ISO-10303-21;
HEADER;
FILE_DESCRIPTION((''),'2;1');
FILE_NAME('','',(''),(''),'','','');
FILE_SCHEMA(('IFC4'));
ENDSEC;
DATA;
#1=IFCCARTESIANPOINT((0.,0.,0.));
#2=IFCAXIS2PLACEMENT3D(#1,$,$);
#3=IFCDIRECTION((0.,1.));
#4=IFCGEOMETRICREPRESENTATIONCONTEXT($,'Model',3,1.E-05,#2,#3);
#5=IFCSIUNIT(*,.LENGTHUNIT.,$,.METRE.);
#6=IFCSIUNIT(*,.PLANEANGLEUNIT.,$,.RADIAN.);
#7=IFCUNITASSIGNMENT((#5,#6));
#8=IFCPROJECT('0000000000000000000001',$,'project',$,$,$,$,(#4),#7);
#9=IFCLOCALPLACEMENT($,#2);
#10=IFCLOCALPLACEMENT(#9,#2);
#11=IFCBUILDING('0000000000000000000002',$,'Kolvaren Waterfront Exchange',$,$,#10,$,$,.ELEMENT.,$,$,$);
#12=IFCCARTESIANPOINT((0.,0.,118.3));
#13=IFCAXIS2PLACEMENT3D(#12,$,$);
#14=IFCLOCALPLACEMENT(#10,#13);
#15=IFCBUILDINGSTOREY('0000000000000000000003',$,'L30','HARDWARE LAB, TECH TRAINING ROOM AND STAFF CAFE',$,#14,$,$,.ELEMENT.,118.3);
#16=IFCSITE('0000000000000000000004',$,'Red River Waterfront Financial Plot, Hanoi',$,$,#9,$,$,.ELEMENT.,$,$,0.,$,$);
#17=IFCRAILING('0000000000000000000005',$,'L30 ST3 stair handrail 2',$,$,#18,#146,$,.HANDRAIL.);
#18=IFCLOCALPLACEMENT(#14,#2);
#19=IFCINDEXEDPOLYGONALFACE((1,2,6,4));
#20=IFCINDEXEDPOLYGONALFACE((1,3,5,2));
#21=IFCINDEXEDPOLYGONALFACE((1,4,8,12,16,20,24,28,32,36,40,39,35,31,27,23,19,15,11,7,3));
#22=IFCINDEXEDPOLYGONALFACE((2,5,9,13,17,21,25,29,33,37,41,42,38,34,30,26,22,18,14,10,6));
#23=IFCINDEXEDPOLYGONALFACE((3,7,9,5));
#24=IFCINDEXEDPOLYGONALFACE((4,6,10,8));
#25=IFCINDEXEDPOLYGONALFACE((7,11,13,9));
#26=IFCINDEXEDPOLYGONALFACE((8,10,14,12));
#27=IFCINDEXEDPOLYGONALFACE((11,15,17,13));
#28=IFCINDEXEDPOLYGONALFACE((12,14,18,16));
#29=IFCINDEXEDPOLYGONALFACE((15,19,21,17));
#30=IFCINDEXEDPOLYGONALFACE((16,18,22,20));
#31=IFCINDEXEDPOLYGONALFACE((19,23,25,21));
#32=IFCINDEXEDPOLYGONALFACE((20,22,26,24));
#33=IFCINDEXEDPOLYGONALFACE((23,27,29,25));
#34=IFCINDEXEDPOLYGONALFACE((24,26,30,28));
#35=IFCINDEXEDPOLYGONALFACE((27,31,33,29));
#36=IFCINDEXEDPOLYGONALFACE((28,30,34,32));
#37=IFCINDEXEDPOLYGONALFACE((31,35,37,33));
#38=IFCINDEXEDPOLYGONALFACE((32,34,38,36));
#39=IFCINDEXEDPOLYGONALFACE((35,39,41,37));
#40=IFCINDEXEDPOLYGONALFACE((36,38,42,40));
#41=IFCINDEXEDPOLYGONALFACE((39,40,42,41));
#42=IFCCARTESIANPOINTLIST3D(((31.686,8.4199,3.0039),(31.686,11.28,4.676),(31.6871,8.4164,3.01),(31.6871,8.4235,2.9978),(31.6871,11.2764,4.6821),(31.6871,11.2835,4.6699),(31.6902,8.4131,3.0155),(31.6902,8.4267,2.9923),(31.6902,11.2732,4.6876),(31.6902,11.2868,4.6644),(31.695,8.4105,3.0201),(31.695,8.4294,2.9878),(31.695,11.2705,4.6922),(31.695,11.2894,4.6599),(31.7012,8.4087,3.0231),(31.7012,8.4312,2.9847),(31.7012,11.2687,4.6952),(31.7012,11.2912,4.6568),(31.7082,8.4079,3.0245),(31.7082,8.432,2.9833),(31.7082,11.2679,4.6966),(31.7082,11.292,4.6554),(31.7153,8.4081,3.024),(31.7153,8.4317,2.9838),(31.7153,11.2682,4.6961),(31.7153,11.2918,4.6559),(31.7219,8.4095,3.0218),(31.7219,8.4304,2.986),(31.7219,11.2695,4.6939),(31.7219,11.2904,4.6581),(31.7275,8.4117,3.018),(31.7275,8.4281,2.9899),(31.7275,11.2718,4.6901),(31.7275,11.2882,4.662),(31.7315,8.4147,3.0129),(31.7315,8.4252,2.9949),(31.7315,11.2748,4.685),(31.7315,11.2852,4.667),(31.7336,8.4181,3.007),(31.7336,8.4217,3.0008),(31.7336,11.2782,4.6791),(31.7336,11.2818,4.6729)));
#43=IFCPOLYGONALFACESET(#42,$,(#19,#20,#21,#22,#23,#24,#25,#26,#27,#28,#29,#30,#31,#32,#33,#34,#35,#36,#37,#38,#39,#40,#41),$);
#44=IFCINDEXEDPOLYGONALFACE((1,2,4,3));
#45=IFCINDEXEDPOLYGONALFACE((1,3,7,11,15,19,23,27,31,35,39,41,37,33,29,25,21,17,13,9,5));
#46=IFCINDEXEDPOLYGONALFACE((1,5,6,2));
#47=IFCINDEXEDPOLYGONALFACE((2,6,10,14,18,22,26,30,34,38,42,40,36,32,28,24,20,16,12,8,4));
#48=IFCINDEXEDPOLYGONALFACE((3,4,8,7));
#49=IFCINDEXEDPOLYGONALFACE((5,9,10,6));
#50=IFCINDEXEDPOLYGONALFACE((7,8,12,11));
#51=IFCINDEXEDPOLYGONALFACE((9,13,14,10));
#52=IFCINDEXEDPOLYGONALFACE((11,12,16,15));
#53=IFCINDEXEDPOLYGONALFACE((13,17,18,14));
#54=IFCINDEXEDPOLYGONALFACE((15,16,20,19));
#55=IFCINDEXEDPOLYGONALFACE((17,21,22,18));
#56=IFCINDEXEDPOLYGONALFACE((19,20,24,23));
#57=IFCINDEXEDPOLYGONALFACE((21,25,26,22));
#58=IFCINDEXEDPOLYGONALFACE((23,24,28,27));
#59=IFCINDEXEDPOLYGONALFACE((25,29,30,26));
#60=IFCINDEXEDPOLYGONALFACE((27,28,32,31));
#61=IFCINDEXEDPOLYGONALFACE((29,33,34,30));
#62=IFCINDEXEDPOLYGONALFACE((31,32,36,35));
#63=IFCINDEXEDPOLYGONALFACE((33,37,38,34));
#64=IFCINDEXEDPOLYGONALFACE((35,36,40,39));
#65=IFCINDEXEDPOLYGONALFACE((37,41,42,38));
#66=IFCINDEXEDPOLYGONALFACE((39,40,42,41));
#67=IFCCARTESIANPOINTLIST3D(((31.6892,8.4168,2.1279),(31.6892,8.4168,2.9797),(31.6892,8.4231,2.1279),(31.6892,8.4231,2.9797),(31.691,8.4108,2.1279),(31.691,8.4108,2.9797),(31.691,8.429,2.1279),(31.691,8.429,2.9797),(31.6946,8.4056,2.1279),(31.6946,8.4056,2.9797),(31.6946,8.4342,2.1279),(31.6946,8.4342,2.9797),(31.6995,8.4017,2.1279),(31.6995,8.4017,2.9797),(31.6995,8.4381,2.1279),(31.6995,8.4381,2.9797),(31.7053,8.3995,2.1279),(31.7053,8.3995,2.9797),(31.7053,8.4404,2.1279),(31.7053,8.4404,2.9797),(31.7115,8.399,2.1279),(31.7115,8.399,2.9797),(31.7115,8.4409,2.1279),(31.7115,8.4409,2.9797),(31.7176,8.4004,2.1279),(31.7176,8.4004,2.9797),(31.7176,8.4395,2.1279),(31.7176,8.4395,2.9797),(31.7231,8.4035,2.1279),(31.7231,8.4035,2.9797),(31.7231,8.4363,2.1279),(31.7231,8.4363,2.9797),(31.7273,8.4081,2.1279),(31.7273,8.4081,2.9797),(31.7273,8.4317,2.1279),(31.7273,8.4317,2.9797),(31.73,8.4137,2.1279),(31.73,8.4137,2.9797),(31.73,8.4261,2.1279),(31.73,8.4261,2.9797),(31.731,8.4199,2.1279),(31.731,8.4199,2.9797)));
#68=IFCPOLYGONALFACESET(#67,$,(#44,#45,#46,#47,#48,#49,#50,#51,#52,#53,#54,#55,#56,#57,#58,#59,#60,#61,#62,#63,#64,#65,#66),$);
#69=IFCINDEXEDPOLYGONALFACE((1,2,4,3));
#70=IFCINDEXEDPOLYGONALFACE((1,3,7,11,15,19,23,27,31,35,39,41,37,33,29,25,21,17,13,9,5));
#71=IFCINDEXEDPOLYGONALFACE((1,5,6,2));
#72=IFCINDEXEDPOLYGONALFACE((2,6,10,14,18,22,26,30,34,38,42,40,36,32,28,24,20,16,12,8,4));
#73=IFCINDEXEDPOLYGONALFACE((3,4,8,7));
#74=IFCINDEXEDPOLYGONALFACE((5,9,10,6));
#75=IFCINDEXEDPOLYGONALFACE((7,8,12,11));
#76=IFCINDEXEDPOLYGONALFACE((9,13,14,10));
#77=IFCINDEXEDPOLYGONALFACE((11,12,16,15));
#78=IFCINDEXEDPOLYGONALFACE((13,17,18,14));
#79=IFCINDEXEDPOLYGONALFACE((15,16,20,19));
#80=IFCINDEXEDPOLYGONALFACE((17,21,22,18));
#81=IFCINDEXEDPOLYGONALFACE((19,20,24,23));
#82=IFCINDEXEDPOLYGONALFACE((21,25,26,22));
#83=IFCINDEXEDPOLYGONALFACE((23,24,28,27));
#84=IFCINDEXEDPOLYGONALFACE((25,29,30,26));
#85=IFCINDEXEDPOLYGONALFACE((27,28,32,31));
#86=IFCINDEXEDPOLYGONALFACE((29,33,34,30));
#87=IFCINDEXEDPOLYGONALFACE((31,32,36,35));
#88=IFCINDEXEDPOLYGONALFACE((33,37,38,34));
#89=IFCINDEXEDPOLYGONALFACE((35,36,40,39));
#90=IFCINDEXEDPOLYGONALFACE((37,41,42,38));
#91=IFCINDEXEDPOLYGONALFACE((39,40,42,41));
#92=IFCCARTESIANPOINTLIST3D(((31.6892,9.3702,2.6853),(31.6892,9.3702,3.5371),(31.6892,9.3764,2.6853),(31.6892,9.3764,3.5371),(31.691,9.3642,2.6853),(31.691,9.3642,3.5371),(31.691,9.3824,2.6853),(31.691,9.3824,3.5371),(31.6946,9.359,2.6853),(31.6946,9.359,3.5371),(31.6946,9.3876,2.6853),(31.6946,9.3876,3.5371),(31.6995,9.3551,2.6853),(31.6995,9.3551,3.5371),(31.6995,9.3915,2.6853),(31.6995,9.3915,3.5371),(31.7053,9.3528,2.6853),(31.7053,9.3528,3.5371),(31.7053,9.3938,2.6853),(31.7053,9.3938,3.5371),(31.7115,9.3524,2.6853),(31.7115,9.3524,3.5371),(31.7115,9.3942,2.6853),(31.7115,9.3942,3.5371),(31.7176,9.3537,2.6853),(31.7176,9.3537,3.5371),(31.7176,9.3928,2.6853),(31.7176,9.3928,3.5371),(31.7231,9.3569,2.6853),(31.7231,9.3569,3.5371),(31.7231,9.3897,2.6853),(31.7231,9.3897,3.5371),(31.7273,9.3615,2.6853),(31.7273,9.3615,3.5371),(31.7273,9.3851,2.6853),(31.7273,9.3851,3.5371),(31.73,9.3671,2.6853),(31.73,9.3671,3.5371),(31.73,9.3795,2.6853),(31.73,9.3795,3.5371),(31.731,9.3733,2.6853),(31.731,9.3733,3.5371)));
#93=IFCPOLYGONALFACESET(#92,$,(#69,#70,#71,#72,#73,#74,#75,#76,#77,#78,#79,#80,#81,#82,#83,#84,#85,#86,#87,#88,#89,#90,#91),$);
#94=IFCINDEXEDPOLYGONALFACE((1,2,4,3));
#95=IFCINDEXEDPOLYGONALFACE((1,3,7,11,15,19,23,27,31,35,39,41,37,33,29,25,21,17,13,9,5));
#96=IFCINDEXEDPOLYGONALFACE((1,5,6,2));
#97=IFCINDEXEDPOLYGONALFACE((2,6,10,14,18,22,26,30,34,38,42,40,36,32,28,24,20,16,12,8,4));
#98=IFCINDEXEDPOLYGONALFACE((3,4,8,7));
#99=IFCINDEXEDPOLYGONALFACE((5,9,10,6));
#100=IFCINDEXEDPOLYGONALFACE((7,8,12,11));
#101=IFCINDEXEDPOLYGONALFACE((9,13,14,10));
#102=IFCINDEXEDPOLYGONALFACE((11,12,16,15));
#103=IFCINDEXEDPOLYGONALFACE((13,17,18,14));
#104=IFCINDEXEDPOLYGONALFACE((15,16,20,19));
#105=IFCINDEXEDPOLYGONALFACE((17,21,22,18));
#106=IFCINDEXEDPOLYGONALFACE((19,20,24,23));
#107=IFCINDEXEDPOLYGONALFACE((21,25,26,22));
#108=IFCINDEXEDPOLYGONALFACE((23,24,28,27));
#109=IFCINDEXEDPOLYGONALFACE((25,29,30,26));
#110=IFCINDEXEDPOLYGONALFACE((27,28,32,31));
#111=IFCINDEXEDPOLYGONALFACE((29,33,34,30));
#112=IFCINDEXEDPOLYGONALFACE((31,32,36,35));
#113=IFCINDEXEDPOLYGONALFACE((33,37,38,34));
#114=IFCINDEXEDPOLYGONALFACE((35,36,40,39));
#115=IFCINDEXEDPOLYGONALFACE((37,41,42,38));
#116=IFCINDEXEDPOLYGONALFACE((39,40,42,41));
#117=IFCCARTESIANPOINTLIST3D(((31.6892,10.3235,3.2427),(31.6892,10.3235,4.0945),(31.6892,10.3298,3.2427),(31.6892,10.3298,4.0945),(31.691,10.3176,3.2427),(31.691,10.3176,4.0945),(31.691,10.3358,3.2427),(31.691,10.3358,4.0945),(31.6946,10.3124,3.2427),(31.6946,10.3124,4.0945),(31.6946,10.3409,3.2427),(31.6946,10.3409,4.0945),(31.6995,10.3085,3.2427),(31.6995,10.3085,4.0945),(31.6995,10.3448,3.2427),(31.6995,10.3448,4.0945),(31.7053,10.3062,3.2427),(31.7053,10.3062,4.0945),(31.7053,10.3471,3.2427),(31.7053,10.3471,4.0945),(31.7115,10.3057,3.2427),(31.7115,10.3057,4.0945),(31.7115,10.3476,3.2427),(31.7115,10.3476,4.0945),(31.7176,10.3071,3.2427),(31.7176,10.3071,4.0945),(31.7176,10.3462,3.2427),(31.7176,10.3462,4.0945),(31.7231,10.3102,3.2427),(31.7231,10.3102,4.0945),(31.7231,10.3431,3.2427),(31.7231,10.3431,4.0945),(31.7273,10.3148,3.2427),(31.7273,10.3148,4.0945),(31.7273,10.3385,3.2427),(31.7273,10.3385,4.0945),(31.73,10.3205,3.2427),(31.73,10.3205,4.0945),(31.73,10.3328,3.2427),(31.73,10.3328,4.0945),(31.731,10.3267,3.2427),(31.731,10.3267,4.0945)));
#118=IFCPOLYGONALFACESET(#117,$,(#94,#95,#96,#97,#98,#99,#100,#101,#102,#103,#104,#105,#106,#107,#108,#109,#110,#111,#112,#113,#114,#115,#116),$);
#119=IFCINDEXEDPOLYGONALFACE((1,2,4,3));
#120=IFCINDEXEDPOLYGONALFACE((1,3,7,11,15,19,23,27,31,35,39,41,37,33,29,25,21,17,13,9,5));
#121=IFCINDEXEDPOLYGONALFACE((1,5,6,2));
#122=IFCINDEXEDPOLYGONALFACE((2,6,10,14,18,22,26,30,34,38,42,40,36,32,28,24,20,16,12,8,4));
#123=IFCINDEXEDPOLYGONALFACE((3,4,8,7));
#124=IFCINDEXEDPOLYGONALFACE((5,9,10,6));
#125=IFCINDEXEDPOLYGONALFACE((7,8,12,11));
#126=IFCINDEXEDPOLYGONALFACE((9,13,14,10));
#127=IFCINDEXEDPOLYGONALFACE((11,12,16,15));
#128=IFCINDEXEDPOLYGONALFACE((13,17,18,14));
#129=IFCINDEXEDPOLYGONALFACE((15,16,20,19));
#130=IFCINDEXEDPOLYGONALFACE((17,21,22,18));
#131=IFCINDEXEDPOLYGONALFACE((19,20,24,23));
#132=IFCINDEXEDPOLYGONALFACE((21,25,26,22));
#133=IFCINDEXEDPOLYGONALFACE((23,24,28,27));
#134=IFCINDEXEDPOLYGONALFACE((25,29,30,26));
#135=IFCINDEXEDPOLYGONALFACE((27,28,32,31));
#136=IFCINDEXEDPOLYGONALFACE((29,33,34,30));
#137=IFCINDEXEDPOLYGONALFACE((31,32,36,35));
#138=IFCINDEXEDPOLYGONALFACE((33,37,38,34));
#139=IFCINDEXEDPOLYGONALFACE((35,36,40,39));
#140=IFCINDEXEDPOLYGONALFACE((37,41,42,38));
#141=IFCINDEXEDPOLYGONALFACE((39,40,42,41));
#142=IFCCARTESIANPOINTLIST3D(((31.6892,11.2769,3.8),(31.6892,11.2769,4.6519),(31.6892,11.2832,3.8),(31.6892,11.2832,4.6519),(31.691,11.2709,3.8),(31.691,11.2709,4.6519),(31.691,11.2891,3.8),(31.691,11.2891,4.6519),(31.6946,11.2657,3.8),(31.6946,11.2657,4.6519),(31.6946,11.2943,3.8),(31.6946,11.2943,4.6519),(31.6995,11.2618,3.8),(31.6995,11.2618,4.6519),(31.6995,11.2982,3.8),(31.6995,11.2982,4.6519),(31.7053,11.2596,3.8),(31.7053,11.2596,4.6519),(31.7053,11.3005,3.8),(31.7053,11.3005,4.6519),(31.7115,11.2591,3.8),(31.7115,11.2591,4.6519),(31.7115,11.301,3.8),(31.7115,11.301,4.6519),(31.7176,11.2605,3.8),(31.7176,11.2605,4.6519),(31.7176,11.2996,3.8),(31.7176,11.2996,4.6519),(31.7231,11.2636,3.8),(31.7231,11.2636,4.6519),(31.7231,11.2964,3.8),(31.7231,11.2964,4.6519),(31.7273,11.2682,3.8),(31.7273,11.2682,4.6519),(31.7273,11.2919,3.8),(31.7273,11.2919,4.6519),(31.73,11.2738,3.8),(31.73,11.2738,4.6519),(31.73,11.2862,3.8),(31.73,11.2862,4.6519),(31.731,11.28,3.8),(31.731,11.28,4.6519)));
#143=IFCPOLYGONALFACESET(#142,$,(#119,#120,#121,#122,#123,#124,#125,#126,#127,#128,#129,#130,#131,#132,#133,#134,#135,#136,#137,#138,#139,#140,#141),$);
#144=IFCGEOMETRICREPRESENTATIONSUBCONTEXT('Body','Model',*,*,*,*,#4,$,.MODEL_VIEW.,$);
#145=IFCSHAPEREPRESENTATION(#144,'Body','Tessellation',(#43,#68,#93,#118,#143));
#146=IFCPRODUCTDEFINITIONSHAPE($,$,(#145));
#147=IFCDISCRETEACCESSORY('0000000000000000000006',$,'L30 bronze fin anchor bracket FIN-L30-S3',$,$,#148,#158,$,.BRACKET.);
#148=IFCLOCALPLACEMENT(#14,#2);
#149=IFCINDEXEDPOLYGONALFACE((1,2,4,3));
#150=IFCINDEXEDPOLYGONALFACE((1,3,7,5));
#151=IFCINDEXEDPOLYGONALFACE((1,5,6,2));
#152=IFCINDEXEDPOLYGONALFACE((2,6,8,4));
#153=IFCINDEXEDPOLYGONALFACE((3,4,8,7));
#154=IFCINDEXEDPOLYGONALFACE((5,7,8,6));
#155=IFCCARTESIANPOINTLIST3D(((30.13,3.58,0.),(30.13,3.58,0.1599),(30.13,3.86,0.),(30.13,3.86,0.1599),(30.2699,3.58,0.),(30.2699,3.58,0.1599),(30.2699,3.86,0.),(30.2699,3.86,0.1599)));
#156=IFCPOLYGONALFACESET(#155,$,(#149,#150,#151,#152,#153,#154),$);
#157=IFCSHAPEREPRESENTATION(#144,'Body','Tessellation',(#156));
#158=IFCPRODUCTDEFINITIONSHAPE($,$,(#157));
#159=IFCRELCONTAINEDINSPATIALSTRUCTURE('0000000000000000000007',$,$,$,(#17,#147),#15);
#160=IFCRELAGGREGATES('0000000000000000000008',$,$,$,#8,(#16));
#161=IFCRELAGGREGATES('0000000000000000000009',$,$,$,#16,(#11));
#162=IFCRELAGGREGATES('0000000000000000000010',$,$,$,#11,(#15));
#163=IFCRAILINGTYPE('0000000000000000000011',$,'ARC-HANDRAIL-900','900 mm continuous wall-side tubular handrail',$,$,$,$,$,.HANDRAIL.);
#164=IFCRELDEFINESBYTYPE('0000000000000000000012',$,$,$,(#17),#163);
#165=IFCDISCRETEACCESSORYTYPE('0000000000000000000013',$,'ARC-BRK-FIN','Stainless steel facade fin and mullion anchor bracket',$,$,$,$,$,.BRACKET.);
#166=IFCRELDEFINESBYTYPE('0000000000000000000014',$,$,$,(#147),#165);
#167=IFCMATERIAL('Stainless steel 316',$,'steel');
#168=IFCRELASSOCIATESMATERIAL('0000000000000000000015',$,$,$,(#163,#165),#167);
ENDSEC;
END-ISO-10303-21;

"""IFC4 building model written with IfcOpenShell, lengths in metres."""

from ifc_helpers import new_model, si_unit, direction, frame, origin, origin_with_axes, origin_2d, place, context, subcontext, project, spatial, rectangle, circle, extrude, source, transform, mapped, material, type_object, element, save


model = new_model("IFC4")

# Units and contexts
model_context = context("Model", 3, precision=1e-05, world=origin(), true_north=direction((0.0, 1.0)))
body_context = subcontext(model_context, "Body", "Model", "MODEL_VIEW")
ifc_project = project(units=[si_unit("LENGTHUNIT", "METRE"), si_unit("PLANEANGLEUNIT", "RADIAN")], contexts=[model_context])

# Site, building, storey
site_placement = place(None, origin())
site = spatial("IfcSite", under=ifc_project, at=site_placement, Name="Red River Waterfront Financial Plot, Hanoi", CompositionType="ELEMENT", RefElevation=0.0)
building_placement = place(site_placement, origin())
building = spatial("IfcBuilding", under=site, at=building_placement, Name="Kolvaren Waterfront Exchange", CompositionType="ELEMENT")
storey_placement = place(building_placement, frame((0.0, 0.0, 118.3)))
storey = spatial("IfcBuildingStorey", under=building, at=storey_placement, Name="L30", Description="HARDWARE LAB, TECH TRAINING ROOM AND STAFF CAFE", CompositionType="ELEMENT", Elevation=118.3)

# Railing
ifc_material_1 = material(Name="Stainless steel 316", Category="steel")
railing_type_1 = type_object("IfcRailingType", Name="ARC-HANDRAIL-900", Description="900 mm continuous wall-side tubular handrail", PredefinedType="HANDRAIL", material=ifc_material_1)
railing_1_placement = place(storey_placement, frame((31.71, 8.4199, 2.1279)))
element("IfcRailing", 1, at=railing_1_placement, inside=storey, type_object=railing_type_1, Name="L30 ST3 stair handrail 2", PredefinedType="HANDRAIL", context=body_context, shape_type="SweptSolid", body=[
    extrude(circle(Radius=0.0239, at=origin_2d()), frame((0.0, 0.0, 0.876), z_axis=(0.0, 0.863289, 0.504709), x_axis=(-1.0, 0.0, 0.0)), (0.0, 0.0, 1.0), 3.313),
    extrude(circle(Radius=0.021, at=origin_2d()), origin(), (0.0, 0.0, 1.0), 0.8518),
    extrude(circle(Radius=0.021, at=origin_2d()), frame((0.0, 0.9534, 0.5574)), (0.0, 0.0, 1.0), 0.8518),
    extrude(circle(Radius=0.021, at=origin_2d()), frame((0.0, 1.9067, 1.1147)), (0.0, 0.0, 1.0), 0.8518),
    extrude(circle(Radius=0.021, at=origin_2d()), frame((0.0, 2.8601, 1.6721)), (0.0, 0.0, 1.0), 0.8518),
])

# Discrete accessory
discrete_accessory_type = type_object("IfcDiscreteAccessoryType", Name="ARC-BRK-FIN", Description="Stainless steel facade fin and mullion anchor bracket", PredefinedType="BRACKET", material=ifc_material_1)
shared_shape_1 = source(origin_with_axes(), body_context, "Body", "SweptSolid", [
    extrude(rectangle(XDim=0.28, YDim=0.1399, at=origin_2d()), origin(), (0.0, 0.0, 1.0), 0.1599),
])
discrete_accessory_placement = place(storey_placement, frame((30.2, 3.72, 0.0), z_axis=(0.0, 0.0, 1.0), x_axis=(0.0, -1.0, 0.0)))
element("IfcDiscreteAccessory", 2, at=discrete_accessory_placement, inside=storey, type_object=discrete_accessory_type, Name="L30 bronze fin anchor bracket FIN-L30-S3", PredefinedType="BRACKET", context=body_context, shape_type="MappedRepresentation", body=[
    mapped(shared_shape_1, transform((0.0, 0.0, 0.0), x_axis=(1.0, 0.0, 0.0), y_axis=(0.0, 1.0, 0.0), z_axis=(0.0, 0.0, 1.0), scale=1.0)),
])

save(model, "model.ifc")
